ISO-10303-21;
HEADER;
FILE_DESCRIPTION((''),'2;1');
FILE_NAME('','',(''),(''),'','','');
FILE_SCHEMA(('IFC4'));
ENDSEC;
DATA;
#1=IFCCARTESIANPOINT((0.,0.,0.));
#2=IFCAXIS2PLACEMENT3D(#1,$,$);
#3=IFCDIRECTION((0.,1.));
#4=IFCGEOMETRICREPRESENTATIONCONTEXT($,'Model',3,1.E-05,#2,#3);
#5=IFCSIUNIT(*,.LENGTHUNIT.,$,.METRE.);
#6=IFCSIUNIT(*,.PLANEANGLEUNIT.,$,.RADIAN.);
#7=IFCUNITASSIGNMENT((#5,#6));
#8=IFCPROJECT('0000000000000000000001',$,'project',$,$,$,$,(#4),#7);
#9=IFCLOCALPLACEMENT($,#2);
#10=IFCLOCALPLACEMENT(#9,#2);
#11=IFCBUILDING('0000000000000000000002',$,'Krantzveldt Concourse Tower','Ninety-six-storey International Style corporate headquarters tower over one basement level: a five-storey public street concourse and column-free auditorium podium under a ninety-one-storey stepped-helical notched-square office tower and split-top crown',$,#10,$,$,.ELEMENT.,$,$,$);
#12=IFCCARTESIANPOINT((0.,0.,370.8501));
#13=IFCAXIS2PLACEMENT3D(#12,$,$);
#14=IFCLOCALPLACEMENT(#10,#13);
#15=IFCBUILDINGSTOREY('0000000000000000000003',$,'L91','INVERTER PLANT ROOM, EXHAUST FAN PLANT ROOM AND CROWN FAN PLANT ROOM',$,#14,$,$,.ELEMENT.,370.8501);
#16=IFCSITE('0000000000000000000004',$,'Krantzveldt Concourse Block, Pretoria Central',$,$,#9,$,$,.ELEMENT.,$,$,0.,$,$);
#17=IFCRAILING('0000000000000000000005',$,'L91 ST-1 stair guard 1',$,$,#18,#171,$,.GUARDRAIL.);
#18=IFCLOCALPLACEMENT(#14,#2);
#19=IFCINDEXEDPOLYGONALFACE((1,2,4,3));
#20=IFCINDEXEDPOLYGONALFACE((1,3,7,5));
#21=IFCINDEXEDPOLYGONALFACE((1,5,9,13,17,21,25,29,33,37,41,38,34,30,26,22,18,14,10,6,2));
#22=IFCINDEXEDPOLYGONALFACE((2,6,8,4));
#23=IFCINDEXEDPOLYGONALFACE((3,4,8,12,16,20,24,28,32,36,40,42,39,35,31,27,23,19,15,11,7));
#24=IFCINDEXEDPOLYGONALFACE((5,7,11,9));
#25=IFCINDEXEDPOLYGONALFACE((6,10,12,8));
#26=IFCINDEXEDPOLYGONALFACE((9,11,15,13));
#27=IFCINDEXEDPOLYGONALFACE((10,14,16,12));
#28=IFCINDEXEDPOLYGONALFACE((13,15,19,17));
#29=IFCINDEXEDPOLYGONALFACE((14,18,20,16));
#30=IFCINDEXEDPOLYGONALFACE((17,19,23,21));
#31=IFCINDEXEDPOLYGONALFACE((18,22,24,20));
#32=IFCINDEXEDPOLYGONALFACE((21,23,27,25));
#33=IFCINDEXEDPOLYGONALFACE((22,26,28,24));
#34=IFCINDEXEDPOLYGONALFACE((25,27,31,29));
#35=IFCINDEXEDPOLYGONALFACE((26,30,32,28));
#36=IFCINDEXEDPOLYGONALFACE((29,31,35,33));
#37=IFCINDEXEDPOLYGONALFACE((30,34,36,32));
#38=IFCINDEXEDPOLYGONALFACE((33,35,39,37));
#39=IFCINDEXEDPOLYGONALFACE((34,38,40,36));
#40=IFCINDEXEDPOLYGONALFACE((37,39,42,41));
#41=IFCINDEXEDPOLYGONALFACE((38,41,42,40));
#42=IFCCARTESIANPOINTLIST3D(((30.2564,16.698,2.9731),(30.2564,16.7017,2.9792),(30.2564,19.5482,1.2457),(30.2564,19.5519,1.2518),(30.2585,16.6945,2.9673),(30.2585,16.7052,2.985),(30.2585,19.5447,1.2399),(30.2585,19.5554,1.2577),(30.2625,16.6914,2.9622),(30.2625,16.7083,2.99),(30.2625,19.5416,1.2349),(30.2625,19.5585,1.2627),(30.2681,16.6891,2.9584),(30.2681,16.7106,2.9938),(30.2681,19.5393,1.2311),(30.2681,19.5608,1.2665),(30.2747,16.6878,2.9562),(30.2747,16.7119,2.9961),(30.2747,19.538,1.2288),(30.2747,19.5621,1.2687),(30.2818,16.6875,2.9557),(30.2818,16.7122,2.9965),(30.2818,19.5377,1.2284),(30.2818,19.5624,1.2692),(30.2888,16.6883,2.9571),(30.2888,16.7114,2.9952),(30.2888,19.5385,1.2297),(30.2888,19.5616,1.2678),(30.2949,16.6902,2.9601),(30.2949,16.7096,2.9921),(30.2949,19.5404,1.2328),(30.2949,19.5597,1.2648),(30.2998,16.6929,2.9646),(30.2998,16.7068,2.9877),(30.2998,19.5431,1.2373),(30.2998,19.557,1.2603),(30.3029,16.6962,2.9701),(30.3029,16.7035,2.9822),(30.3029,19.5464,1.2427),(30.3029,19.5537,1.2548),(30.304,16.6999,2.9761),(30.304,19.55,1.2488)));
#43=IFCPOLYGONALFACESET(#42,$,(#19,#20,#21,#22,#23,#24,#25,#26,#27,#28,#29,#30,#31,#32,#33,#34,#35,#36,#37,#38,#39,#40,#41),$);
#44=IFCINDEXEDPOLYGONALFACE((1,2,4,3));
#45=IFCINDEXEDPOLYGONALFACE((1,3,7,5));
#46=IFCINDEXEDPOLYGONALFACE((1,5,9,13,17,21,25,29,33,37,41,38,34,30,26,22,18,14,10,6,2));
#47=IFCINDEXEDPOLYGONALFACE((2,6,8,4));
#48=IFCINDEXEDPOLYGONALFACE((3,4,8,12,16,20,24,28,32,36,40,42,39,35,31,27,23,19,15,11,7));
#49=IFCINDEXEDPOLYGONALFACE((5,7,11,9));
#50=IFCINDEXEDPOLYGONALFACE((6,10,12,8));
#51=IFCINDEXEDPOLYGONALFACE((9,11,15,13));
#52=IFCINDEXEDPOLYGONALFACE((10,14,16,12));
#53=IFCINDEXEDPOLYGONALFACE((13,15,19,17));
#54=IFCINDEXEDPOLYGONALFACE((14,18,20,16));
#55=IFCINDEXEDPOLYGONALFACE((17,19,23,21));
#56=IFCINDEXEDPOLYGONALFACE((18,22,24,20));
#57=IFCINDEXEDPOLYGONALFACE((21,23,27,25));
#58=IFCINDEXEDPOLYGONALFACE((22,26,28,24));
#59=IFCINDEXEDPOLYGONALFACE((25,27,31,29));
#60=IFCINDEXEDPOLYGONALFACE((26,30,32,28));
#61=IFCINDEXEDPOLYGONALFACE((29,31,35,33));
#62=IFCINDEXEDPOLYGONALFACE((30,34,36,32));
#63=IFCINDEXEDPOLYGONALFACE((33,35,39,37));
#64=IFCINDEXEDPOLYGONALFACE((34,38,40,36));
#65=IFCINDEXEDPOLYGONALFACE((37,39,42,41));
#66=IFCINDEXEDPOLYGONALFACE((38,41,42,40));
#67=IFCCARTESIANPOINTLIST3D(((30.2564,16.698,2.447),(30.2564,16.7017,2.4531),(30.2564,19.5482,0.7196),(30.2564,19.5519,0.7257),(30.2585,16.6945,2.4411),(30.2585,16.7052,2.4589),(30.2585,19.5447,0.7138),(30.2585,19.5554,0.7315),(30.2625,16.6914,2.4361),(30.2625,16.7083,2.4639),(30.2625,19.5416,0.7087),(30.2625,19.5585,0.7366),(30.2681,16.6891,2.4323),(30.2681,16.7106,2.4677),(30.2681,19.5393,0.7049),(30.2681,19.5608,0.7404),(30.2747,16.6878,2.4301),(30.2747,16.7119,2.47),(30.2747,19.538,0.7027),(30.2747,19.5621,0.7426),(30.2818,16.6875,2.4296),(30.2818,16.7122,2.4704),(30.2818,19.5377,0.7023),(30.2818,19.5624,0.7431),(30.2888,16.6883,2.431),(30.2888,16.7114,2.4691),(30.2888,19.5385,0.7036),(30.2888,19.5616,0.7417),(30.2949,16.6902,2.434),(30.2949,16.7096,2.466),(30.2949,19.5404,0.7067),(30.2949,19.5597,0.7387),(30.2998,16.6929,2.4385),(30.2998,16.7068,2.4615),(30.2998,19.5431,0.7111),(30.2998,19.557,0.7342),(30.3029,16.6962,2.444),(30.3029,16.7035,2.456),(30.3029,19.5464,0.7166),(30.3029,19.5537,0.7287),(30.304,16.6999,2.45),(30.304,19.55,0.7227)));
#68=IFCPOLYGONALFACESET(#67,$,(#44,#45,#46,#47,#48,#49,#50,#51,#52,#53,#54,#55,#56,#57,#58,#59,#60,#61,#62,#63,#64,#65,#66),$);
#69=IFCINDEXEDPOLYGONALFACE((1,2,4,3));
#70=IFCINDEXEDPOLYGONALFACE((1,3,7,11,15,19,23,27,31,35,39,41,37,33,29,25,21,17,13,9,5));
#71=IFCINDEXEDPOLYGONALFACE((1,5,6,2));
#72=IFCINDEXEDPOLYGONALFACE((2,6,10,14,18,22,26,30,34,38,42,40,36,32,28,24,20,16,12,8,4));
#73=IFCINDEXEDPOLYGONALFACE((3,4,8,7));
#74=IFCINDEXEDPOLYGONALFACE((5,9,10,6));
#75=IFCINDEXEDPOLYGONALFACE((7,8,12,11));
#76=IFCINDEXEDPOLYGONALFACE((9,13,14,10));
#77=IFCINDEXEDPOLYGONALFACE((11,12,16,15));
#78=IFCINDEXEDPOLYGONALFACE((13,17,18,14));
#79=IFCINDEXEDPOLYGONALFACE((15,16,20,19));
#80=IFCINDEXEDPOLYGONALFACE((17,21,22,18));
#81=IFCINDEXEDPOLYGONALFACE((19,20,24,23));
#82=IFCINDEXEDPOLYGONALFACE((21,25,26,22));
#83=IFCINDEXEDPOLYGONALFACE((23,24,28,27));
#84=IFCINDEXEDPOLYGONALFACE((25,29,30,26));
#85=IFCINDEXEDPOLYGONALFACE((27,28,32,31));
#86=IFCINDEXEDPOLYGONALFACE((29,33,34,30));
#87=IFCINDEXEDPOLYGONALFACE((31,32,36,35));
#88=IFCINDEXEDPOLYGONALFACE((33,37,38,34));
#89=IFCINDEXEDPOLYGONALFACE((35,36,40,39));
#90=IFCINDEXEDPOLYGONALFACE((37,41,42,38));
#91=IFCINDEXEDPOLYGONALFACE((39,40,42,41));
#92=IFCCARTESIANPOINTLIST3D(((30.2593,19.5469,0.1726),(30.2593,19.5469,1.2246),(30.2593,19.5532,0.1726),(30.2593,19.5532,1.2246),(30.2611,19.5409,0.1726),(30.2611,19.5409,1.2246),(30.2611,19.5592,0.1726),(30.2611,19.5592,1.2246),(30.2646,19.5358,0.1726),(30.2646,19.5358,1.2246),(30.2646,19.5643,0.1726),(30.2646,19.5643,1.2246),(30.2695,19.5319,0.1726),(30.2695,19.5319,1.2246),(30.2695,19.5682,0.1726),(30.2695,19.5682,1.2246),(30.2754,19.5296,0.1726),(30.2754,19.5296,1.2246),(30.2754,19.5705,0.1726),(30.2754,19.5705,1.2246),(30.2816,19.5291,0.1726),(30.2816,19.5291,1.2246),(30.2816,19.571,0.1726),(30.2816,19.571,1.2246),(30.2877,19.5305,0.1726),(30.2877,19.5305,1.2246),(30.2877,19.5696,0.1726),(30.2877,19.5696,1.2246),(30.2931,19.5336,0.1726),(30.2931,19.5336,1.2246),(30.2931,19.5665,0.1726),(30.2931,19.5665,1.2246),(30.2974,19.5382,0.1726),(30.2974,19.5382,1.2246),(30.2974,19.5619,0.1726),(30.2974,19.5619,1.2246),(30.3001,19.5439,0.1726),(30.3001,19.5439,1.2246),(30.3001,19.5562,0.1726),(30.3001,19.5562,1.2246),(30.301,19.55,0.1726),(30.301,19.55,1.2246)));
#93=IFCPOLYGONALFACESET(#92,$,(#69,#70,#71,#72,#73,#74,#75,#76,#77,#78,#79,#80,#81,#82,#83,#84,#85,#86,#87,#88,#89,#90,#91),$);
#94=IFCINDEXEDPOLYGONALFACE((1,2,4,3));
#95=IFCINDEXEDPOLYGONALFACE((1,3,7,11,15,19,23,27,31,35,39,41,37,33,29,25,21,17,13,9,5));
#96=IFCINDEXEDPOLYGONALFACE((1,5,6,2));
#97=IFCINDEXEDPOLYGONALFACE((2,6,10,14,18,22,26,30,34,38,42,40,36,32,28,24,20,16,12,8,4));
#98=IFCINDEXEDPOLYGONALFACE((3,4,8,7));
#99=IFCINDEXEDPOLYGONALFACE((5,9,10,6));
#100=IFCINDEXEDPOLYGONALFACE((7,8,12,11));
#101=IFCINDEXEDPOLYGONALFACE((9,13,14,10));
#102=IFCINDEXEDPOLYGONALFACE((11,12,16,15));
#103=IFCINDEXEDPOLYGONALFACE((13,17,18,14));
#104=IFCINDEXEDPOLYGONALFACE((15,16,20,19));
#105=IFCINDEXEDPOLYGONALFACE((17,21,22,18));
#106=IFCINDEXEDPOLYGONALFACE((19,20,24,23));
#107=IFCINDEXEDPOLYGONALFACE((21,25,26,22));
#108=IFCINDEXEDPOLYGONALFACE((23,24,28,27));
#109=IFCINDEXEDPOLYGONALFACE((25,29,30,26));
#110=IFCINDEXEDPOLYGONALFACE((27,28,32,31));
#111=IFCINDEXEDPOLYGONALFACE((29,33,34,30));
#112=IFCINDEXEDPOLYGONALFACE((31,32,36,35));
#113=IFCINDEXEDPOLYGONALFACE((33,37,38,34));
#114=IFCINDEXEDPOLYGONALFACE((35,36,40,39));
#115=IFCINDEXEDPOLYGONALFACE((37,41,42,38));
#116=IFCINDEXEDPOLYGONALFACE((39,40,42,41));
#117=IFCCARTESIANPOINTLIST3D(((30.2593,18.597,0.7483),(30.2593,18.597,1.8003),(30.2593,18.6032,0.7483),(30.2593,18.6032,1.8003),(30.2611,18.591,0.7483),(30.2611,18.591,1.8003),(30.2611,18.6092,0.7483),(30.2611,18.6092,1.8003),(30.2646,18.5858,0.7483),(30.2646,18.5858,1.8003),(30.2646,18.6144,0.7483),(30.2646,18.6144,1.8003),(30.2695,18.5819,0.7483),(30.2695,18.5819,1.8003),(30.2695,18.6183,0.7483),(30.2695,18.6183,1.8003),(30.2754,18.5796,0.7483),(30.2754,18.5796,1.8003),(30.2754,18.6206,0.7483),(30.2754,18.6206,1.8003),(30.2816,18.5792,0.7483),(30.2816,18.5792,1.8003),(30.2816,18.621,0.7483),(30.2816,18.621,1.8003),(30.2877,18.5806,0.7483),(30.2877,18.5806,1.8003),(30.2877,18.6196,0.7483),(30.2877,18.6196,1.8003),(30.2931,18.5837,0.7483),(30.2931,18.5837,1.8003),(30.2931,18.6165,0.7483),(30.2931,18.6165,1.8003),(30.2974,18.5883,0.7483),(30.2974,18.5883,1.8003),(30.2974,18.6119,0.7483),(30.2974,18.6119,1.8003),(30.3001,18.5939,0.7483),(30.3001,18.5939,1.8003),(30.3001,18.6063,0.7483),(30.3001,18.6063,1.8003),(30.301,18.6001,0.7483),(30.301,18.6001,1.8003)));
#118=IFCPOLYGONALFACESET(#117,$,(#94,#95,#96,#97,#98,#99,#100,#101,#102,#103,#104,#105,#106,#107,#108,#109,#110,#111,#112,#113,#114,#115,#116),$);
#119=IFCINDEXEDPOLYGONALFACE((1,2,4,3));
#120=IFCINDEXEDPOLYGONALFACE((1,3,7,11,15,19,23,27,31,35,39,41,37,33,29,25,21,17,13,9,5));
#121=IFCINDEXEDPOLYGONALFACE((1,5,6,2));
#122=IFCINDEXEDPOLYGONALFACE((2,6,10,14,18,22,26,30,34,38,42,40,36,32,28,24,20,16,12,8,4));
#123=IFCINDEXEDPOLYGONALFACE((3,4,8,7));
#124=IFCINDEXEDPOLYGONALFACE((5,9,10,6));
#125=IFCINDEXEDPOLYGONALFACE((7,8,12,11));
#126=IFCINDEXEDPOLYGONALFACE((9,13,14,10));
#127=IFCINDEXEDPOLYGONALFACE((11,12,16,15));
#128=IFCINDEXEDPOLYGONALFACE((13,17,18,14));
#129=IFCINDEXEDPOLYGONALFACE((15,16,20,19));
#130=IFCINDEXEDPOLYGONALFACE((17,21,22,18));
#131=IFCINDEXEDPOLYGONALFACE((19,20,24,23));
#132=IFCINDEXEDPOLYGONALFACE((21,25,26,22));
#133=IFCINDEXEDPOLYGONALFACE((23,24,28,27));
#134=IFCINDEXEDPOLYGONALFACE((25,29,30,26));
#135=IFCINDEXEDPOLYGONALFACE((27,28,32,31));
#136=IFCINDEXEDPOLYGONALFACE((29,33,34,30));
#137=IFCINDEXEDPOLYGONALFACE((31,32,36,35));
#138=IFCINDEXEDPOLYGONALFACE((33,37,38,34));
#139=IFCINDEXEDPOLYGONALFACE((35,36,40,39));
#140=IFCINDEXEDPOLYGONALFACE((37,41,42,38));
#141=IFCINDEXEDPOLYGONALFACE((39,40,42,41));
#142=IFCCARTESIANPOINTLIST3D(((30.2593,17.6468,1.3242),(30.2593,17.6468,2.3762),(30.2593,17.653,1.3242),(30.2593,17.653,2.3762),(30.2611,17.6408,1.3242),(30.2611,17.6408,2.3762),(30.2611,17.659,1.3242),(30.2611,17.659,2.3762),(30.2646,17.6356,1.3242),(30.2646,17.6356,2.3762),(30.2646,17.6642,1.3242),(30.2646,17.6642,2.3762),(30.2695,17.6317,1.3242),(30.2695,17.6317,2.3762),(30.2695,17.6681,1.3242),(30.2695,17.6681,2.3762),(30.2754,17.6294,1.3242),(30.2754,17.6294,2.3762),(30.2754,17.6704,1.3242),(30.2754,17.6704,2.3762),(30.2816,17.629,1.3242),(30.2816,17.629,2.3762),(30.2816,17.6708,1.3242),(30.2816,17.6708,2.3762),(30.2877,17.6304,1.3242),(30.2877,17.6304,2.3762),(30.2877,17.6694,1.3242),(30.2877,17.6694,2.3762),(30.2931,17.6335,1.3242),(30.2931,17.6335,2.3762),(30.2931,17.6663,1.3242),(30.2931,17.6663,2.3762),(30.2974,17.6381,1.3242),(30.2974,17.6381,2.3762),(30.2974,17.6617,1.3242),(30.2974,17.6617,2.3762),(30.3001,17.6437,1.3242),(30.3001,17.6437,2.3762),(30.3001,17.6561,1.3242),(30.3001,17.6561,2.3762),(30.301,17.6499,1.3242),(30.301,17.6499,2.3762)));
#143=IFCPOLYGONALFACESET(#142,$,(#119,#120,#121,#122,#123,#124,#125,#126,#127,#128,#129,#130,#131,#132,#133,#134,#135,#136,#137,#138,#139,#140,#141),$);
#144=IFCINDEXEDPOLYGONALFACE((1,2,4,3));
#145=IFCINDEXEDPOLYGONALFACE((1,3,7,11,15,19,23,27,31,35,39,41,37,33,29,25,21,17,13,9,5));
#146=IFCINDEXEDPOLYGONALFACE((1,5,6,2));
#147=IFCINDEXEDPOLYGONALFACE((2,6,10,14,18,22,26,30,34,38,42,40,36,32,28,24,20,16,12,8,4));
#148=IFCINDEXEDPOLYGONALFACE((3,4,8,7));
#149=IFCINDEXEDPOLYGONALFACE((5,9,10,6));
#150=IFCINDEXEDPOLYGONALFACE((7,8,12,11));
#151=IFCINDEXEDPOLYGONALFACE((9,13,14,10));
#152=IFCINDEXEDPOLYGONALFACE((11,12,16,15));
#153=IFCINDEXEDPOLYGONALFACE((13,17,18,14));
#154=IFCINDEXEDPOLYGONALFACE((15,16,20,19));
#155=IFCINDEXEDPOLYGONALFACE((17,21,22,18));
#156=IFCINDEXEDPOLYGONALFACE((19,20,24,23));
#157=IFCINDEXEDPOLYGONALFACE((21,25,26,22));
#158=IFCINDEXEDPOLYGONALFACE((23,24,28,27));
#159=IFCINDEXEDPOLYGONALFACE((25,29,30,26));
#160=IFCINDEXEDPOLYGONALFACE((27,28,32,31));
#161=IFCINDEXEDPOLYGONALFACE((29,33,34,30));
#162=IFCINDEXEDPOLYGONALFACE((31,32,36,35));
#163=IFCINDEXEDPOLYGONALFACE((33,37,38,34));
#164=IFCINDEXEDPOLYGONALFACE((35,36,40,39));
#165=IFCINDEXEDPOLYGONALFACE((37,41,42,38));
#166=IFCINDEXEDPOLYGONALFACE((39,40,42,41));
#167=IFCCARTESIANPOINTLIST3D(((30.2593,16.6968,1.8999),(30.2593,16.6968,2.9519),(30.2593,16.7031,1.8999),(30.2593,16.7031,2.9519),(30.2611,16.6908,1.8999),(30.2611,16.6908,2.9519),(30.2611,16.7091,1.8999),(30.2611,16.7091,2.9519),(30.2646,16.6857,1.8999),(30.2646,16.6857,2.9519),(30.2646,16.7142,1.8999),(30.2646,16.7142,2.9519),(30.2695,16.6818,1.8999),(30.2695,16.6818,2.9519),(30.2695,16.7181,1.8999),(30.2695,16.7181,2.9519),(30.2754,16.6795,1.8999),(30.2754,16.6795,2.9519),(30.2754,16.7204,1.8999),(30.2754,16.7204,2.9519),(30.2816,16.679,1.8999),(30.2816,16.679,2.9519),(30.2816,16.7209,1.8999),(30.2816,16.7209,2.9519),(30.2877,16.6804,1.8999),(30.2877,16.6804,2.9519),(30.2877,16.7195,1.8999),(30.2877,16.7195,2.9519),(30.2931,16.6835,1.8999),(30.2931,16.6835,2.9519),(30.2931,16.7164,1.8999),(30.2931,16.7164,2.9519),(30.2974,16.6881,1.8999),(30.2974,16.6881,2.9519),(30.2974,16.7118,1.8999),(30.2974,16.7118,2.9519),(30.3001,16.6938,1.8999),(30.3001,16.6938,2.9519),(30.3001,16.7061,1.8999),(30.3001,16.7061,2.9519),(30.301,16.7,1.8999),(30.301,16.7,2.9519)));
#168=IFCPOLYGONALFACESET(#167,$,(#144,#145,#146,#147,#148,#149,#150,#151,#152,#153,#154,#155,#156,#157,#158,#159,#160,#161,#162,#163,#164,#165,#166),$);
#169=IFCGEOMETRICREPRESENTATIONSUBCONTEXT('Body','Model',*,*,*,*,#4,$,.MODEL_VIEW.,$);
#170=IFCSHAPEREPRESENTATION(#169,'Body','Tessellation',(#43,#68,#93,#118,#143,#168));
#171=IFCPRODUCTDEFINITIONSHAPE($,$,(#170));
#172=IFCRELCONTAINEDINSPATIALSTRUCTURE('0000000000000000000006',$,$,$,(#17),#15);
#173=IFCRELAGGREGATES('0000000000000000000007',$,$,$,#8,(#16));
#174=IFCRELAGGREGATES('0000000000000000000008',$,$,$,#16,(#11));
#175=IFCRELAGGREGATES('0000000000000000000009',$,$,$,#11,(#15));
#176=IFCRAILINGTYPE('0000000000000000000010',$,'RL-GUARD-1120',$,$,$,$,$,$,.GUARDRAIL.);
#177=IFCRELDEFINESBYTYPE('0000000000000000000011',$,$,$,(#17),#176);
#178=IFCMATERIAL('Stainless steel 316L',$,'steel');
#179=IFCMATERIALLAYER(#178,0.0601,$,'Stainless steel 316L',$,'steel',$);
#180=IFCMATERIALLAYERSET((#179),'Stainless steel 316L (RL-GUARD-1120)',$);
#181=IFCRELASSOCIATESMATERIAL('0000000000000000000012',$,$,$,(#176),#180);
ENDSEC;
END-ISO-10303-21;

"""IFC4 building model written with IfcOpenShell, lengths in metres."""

from ifc_helpers import new_model, si_unit, direction, frame, origin, origin_2d, place, context, subcontext, project, spatial, circle, extrude, material, layer, layer_set, type_object, element, save


model = new_model("IFC4")

# Units and contexts
model_context = context("Model", 3, precision=1e-05, world=origin(), true_north=direction((0.0, 1.0)))
body_context = subcontext(model_context, "Body", "Model", "MODEL_VIEW")
ifc_project = project(units=[si_unit("LENGTHUNIT", "METRE"), si_unit("PLANEANGLEUNIT", "RADIAN")], contexts=[model_context])

# Site, building, storey
site_placement = place(None, origin())
site = spatial("IfcSite", under=ifc_project, at=site_placement, Name="Krantzveldt Concourse Block, Pretoria Central", CompositionType="ELEMENT", RefElevation=0.0)
building_placement = place(site_placement, origin())
building = spatial("IfcBuilding", under=site, at=building_placement, Name="Krantzveldt Concourse Tower", Description="Ninety-six-storey International Style corporate headquarters tower over one basement level: a five-storey public street concourse and column-free auditorium podium under a ninety-one-storey stepped-helical notched-square office tower and split-top crown", CompositionType="ELEMENT")
storey_placement = place(building_placement, frame((0.0, 0.0, 370.8501)))
storey = spatial("IfcBuildingStorey", under=building, at=storey_placement, Name="L91", Description="INVERTER PLANT ROOM, EXHAUST FAN PLANT ROOM AND CROWN FAN PLANT ROOM", CompositionType="ELEMENT", Elevation=370.8501)

# Shared definitions
ifc_material_1 = material(Name="Stainless steel 316L", Category="steel")

# Railing
ifc_layer_1 = layer(ifc_material_1, 0.0601, Name="Stainless steel 316L", Category="steel")
ifc_layer_set_1 = layer_set([ifc_layer_1], Name="Stainless steel 316L (RL-GUARD-1120)")
railing_type_1 = type_object("IfcRailingType", Name="RL-GUARD-1120", PredefinedType="GUARDRAIL", material=ifc_layer_set_1)
railing_1_placement = place(storey_placement, frame((30.28, 19.55, 0.1726)))
element("IfcRailing", 1, at=railing_1_placement, inside=storey, type_object=railing_type_1, Name="L91 ST-1 stair guard 1", PredefinedType="GUARDRAIL", context=body_context, shape_type="SweptSolid", body=[
    extrude(circle(Radius=0.0239, at=origin_2d()), frame((0.0, 0.0, 1.0762), z_axis=(0.0, -0.855203, 0.518294), x_axis=(1.0, 0.0, 0.0)), (0.0, 0.0, 1.0), 3.3328),
    extrude(circle(Radius=0.0239, at=origin_2d()), frame((0.0, 0.0, 0.55), z_axis=(0.0, -0.855203, 0.518294), x_axis=(1.0, 0.0, 0.0)), (0.0, 0.0, 1.0), 3.3328),
    extrude(circle(Radius=0.021, at=origin_2d()), origin(), (0.0, 0.0, 1.0), 1.052),
    extrude(circle(Radius=0.021, at=origin_2d()), frame((0.0, -0.95, 0.5757)), (0.0, 0.0, 1.0), 1.052),
    extrude(circle(Radius=0.021, at=origin_2d()), frame((0.0, -1.9001, 1.1516)), (0.0, 0.0, 1.0), 1.052),
    extrude(circle(Radius=0.021, at=origin_2d()), frame((0.0, -2.8501, 1.7273)), (0.0, 0.0, 1.0), 1.052),
])

save(model, "model.ifc")
